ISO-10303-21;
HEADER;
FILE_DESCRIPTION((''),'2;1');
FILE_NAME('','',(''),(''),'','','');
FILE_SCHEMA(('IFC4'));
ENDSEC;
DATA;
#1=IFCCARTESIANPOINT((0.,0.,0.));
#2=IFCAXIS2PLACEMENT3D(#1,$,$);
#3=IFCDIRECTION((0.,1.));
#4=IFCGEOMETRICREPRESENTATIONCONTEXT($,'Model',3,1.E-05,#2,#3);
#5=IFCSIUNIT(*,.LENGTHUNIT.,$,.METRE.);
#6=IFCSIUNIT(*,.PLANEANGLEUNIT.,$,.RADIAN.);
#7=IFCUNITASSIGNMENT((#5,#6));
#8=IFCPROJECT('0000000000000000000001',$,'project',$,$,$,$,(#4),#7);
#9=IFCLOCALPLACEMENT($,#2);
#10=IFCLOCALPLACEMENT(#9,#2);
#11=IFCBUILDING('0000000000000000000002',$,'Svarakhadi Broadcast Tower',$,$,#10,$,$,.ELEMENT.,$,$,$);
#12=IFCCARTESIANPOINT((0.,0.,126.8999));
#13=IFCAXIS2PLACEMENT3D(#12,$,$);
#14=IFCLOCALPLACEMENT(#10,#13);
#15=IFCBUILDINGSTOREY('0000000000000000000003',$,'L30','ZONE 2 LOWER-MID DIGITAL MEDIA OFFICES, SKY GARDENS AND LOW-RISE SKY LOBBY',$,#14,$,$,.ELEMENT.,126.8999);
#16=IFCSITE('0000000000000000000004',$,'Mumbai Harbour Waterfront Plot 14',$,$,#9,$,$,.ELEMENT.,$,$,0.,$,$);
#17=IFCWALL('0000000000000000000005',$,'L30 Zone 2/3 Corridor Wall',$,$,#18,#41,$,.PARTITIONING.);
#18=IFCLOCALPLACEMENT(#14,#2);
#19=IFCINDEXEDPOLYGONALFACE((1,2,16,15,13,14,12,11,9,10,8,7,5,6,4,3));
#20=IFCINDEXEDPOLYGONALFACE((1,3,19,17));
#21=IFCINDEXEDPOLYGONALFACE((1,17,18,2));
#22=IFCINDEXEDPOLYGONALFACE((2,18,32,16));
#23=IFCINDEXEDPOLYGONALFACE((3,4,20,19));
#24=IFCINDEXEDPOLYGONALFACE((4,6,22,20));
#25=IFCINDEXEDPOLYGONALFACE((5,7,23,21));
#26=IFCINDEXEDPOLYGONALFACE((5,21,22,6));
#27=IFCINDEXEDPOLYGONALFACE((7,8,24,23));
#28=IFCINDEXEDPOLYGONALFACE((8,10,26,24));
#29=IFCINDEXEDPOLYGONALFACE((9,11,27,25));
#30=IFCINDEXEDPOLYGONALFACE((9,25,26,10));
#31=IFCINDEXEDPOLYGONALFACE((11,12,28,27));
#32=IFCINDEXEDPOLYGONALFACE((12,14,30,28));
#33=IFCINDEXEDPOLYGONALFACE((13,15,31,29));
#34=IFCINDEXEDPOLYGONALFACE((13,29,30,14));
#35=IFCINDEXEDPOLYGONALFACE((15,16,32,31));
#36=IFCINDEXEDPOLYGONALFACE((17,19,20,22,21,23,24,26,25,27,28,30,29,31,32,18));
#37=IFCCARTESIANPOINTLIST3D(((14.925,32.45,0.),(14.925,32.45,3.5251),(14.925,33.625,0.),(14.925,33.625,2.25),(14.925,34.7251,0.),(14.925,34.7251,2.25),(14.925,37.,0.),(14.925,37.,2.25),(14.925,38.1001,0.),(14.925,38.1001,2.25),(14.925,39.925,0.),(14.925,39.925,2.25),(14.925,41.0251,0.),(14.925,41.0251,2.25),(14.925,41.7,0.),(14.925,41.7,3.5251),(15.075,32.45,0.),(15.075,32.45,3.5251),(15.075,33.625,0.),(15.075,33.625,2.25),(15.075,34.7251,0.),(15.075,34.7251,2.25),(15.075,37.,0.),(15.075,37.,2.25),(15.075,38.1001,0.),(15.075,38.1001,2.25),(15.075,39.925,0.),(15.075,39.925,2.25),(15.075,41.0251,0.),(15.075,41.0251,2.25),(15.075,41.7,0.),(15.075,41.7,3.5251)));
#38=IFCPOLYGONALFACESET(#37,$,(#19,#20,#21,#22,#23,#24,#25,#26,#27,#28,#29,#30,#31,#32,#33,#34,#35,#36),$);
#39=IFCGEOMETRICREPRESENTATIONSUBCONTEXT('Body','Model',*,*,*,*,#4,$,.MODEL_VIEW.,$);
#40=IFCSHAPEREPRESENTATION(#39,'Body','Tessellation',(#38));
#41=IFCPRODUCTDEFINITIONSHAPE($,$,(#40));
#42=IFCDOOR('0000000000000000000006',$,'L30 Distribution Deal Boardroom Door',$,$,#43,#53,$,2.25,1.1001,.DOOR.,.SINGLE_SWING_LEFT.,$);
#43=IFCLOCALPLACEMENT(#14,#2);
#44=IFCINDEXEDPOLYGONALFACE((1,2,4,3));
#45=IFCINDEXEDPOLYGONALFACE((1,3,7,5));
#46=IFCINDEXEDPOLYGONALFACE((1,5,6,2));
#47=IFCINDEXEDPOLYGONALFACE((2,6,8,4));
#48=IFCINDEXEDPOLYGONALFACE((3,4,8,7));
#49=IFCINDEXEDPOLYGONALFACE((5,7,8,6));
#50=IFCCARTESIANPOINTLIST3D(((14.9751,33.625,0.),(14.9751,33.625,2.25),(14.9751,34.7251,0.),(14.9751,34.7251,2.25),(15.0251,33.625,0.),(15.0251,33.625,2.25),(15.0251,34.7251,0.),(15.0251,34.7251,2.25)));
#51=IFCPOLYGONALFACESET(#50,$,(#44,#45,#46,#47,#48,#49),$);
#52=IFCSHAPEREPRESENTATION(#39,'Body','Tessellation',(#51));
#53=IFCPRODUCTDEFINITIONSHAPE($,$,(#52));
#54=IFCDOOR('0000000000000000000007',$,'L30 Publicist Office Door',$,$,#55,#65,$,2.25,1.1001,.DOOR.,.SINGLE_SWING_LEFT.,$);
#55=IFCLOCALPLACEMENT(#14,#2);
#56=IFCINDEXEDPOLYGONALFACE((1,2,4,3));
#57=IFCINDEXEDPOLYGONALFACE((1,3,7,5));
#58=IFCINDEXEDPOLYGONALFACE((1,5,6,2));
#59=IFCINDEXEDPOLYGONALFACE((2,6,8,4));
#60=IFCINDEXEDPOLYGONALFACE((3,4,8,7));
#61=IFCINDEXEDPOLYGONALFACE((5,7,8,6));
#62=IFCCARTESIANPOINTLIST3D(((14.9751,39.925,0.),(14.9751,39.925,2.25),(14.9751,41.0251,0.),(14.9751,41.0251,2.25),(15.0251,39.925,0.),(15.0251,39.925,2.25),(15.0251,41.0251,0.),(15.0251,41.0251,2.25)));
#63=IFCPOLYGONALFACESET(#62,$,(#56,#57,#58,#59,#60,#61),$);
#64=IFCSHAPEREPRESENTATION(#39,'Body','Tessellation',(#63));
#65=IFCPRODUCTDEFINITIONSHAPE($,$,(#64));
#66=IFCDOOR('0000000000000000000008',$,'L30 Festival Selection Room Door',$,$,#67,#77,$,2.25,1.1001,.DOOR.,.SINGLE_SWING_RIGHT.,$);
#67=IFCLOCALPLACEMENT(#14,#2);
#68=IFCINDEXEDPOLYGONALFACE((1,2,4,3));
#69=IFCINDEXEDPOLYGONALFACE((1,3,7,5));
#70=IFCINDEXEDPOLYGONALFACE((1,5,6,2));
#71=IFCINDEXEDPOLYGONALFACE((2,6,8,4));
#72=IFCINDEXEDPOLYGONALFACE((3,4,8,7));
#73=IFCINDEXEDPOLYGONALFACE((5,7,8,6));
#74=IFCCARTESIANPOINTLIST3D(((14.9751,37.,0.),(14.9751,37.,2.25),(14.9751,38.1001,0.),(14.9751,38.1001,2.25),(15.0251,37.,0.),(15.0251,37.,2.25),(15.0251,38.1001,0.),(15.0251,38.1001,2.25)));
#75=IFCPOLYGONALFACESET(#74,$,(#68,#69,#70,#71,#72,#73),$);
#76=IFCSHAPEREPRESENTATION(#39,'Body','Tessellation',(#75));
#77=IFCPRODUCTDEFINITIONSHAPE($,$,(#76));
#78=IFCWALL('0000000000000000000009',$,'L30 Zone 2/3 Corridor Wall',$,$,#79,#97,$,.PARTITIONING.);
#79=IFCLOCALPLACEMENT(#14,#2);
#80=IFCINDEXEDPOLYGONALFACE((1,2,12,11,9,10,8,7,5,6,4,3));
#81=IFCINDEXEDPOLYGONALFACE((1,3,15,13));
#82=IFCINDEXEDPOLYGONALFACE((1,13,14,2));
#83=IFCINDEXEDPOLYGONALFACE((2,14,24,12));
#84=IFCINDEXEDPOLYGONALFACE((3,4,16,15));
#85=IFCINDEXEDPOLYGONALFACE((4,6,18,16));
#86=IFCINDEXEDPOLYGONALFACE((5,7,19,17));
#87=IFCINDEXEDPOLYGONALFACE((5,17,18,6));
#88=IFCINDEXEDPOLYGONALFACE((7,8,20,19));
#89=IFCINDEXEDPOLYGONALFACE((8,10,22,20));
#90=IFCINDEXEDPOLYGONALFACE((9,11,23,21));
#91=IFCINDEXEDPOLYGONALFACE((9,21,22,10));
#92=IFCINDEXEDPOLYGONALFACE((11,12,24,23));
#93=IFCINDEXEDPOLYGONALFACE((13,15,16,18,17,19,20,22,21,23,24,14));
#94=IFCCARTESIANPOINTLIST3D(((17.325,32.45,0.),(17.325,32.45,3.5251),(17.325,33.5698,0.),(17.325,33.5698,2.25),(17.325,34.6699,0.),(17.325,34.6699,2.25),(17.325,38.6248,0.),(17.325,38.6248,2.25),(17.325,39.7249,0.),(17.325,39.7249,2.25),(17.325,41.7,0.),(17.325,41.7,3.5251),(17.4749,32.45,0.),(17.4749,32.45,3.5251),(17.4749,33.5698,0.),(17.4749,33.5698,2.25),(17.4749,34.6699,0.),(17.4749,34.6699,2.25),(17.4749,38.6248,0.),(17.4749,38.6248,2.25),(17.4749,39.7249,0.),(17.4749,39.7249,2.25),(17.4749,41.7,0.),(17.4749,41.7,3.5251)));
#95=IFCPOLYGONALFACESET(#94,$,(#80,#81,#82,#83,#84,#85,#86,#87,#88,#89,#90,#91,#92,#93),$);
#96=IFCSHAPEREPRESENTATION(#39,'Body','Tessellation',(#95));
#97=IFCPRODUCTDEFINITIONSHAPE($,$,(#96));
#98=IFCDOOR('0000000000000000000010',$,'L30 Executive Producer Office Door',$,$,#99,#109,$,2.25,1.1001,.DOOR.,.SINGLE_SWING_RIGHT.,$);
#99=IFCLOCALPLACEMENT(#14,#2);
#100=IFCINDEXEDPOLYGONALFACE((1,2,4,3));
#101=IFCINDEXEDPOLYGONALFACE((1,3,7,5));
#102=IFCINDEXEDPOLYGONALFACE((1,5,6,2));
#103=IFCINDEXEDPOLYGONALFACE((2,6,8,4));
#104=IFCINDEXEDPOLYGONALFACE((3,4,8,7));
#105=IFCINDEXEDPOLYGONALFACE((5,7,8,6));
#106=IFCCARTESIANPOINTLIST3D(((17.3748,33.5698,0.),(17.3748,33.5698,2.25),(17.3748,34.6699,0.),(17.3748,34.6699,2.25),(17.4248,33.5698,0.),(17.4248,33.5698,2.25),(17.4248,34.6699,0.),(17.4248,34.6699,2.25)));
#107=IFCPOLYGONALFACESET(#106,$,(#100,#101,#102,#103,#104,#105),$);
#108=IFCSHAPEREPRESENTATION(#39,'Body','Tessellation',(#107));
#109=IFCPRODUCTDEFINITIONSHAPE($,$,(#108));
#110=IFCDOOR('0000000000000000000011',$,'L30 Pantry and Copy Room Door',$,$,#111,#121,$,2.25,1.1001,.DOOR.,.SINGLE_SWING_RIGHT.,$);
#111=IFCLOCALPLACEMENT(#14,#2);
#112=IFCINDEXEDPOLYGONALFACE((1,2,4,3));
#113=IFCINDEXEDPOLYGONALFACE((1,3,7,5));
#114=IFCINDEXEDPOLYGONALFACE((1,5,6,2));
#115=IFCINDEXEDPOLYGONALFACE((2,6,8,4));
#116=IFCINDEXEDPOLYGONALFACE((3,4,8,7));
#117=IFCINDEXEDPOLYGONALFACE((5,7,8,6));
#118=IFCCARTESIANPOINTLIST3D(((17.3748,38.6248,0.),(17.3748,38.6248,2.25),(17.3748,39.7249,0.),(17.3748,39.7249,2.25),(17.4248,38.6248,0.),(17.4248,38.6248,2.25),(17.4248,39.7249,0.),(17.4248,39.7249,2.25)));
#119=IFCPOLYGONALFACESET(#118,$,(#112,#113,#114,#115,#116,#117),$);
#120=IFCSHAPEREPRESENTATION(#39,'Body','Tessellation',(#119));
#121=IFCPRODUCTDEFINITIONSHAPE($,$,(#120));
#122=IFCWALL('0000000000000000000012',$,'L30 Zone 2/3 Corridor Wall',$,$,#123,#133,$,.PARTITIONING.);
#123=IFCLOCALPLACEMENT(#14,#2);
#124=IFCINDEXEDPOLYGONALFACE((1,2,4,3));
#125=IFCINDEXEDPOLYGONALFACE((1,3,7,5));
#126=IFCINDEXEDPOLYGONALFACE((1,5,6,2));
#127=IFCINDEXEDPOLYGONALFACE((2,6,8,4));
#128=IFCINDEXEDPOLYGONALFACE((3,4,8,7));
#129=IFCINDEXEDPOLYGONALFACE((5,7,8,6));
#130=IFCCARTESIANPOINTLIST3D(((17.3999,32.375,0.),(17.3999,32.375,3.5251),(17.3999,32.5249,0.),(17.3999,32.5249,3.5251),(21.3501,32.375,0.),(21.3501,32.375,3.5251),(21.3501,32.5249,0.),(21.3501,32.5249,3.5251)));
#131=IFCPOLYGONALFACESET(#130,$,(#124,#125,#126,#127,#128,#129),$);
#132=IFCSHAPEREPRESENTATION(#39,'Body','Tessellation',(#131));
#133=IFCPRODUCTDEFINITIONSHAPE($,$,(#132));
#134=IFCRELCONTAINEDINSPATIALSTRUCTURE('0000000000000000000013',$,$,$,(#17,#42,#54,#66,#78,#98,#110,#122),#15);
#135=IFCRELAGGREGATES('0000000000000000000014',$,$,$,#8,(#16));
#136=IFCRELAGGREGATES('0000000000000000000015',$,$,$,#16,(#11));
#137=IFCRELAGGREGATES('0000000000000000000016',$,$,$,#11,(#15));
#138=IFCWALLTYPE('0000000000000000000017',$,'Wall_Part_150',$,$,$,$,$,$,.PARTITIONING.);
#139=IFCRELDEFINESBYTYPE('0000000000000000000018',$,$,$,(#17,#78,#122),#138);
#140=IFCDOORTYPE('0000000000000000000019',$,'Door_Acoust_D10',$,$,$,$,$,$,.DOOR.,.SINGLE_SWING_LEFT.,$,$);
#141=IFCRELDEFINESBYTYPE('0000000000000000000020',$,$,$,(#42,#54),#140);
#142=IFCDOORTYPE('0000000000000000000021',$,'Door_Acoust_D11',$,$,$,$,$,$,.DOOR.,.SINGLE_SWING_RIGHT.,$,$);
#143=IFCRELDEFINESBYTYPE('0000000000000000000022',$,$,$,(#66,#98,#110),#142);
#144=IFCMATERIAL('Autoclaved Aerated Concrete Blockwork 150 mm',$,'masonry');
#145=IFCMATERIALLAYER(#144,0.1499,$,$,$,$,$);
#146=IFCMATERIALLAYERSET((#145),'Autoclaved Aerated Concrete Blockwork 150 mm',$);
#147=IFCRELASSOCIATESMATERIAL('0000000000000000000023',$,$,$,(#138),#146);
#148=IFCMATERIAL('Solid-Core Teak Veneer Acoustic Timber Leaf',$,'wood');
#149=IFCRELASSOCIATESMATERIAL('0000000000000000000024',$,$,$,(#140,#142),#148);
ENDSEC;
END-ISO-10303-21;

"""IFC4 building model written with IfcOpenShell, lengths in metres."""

from ifc_helpers import new_model, si_unit, direction, frame, frame_2d, origin, place, context, subcontext, project, spatial, rectangle, extrude, material, layer, layer_set, type_object, element, fill, save


model = new_model("IFC4")

# Units and contexts
model_context = context("Model", 3, precision=1e-05, world=origin(), true_north=direction((0.0, 1.0)))
body_context = subcontext(model_context, "Body", "Model", "MODEL_VIEW")
ifc_project = project(units=[si_unit("LENGTHUNIT", "METRE"), si_unit("PLANEANGLEUNIT", "RADIAN")], contexts=[model_context])

# Site, building, storey
site_placement = place(None, origin())
site = spatial("IfcSite", under=ifc_project, at=site_placement, Name="Mumbai Harbour Waterfront Plot 14", CompositionType="ELEMENT", RefElevation=0.0)
building_placement = place(site_placement, origin())
building = spatial("IfcBuilding", under=site, at=building_placement, Name="Svarakhadi Broadcast Tower", CompositionType="ELEMENT")
storey_placement = place(building_placement, frame((0.0, 0.0, 126.8999)))
storey = spatial("IfcBuildingStorey", under=building, at=storey_placement, Name="L30", Description="ZONE 2 LOWER-MID DIGITAL MEDIA OFFICES, SKY GARDENS AND LOW-RISE SKY LOBBY", CompositionType="ELEMENT", Elevation=126.8999)

# Walls, openings, doors
ifc_material_1 = material(Name="Autoclaved Aerated Concrete Blockwork 150 mm", Category="masonry")
ifc_layer_1 = layer(ifc_material_1, 0.1499)
ifc_layer_set_1 = layer_set([ifc_layer_1], Name="Autoclaved Aerated Concrete Blockwork 150 mm")
wall_type_1 = type_object("IfcWallType", Name="Wall_Part_150", PredefinedType="PARTITIONING", material=ifc_layer_set_1)
wall_1_placement = place(storey_placement, frame((15.0, 32.45, 0.0), z_axis=(0.0, 0.0, 1.0), x_axis=(0.0, 1.0, 0.0)))
wall_1 = element("IfcWall", 1, at=wall_1_placement, inside=storey, type_object=wall_type_1, Name="L30 Zone 2/3 Corridor Wall", PredefinedType="PARTITIONING", context=body_context, shape_type="SweptSolid", body=[
    extrude(rectangle(XDim=9.25, YDim=0.1499, at=frame_2d((4.625, 0.0))), origin(), (0.0, 0.0, 1.0), 3.5251),
])
opening_1_placement = place(wall_1_placement, frame((1.175, 0.0, 0.0)))
opening_1 = element("IfcOpeningElement", 2, at=opening_1_placement, cuts=wall_1, PredefinedType="OPENING", context=body_context, shape_type="SweptSolid", body=[
    extrude(rectangle(XDim=1.1001, YDim=2.25, at=frame_2d((0.55, 1.125))), frame((0.0, 0.085, 0.0), z_axis=(0.0, -1.0, 0.0), x_axis=(1.0, 0.0, 0.0)), (0.0, 0.0, 1.0), 0.1699),
])
opening_2_placement = place(wall_1_placement, frame((4.55, 0.0, 0.0)))
opening_2 = element("IfcOpeningElement", 3, at=opening_2_placement, cuts=wall_1, PredefinedType="OPENING", context=body_context, shape_type="SweptSolid", body=[
    extrude(rectangle(XDim=1.1001, YDim=2.25, at=frame_2d((0.55, 1.125))), frame((0.0, 0.085, 0.0), z_axis=(0.0, -1.0, 0.0), x_axis=(1.0, 0.0, 0.0)), (0.0, 0.0, 1.0), 0.1699),
])
opening_3_placement = place(wall_1_placement, frame((7.4751, 0.0, 0.0)))
opening_3 = element("IfcOpeningElement", 4, at=opening_3_placement, cuts=wall_1, PredefinedType="OPENING", context=body_context, shape_type="SweptSolid", body=[
    extrude(rectangle(XDim=1.1001, YDim=2.25, at=frame_2d((0.55, 1.125))), frame((0.0, 0.085, 0.0), z_axis=(0.0, -1.0, 0.0), x_axis=(1.0, 0.0, 0.0)), (0.0, 0.0, 1.0), 0.1699),
])
ifc_material_2 = material(Name="Solid-Core Teak Veneer Acoustic Timber Leaf", Category="wood")
door_type_1 = type_object("IfcDoorType", Name="Door_Acoust_D10", OperationType="SINGLE_SWING_LEFT", PredefinedType="DOOR", material=ifc_material_2)
door_1_placement = place(opening_1_placement, origin())
door_1 = element("IfcDoor", 5, at=door_1_placement, inside=storey, type_object=door_type_1, Name="L30 Distribution Deal Boardroom Door", OperationType="SINGLE_SWING_LEFT", OverallHeight=2.25, OverallWidth=1.1001, PredefinedType="DOOR", context=body_context, shape_type="SweptSolid", body=[
    extrude(rectangle(XDim=1.1001, YDim=2.25, at=frame_2d((0.55, 1.125))), frame((0.0, 0.0249, 0.0), z_axis=(0.0, -1.0, 0.0), x_axis=(1.0, 0.0, 0.0)), (0.0, 0.0, 1.0), 0.05),
])
fill(opening_1, door_1)
door_2_placement = place(opening_3_placement, origin())
door_2 = element("IfcDoor", 6, at=door_2_placement, inside=storey, type_object=door_type_1, Name="L30 Publicist Office Door", OperationType="SINGLE_SWING_LEFT", OverallHeight=2.25, OverallWidth=1.1001, PredefinedType="DOOR", context=body_context, shape_type="SweptSolid", body=[
    extrude(rectangle(XDim=1.1001, YDim=2.25, at=frame_2d((0.55, 1.125))), frame((0.0, 0.0249, 0.0), z_axis=(0.0, -1.0, 0.0), x_axis=(1.0, 0.0, 0.0)), (0.0, 0.0, 1.0), 0.05),
])
fill(opening_3, door_2)
door_type_2 = type_object("IfcDoorType", Name="Door_Acoust_D11", OperationType="SINGLE_SWING_RIGHT", PredefinedType="DOOR", material=ifc_material_2)
door_3_placement = place(opening_2_placement, origin())
door_3 = element("IfcDoor", 7, at=door_3_placement, inside=storey, type_object=door_type_2, Name="L30 Festival Selection Room Door", OperationType="SINGLE_SWING_RIGHT", OverallHeight=2.25, OverallWidth=1.1001, PredefinedType="DOOR", context=body_context, shape_type="SweptSolid", body=[
    extrude(rectangle(XDim=1.1001, YDim=2.25, at=frame_2d((0.55, 1.125))), frame((0.0, 0.0249, 0.0), z_axis=(0.0, -1.0, 0.0), x_axis=(1.0, 0.0, 0.0)), (0.0, 0.0, 1.0), 0.05),
])
fill(opening_2, door_3)
wall_2_placement = place(storey_placement, frame((17.3999, 41.7, 0.0), z_axis=(0.0, 0.0, 1.0), x_axis=(0.0, -1.0, 0.0)))
wall_2 = element("IfcWall", 8, at=wall_2_placement, inside=storey, type_object=wall_type_1, Name="L30 Zone 2/3 Corridor Wall", PredefinedType="PARTITIONING", context=body_context, shape_type="SweptSolid", body=[
    extrude(rectangle(XDim=9.25, YDim=0.1499, at=frame_2d((4.625, 0.0))), origin(), (0.0, 0.0, 1.0), 3.5251),
])
opening_4_placement = place(wall_2_placement, frame((7.03, 0.0, 0.0)))
opening_4 = element("IfcOpeningElement", 9, at=opening_4_placement, cuts=wall_2, PredefinedType="OPENING", context=body_context, shape_type="SweptSolid", body=[
    extrude(rectangle(XDim=1.1001, YDim=2.25, at=frame_2d((0.55, 1.125))), frame((0.0, 0.085, 0.0), z_axis=(0.0, -1.0, 0.0), x_axis=(1.0, 0.0, 0.0)), (0.0, 0.0, 1.0), 0.1699),
])
opening_5_placement = place(wall_2_placement, frame((1.9751, 0.0, 0.0)))
opening_5 = element("IfcOpeningElement", 10, at=opening_5_placement, cuts=wall_2, PredefinedType="OPENING", context=body_context, shape_type="SweptSolid", body=[
    extrude(rectangle(XDim=1.1001, YDim=2.25, at=frame_2d((0.55, 1.125))), frame((0.0, 0.085, 0.0), z_axis=(0.0, -1.0, 0.0), x_axis=(1.0, 0.0, 0.0)), (0.0, 0.0, 1.0), 0.1699),
])
door_4_placement = place(opening_4_placement, origin())
door_4 = element("IfcDoor", 11, at=door_4_placement, inside=storey, type_object=door_type_2, Name="L30 Executive Producer Office Door", OperationType="SINGLE_SWING_RIGHT", OverallHeight=2.25, OverallWidth=1.1001, PredefinedType="DOOR", context=body_context, shape_type="SweptSolid", body=[
    extrude(rectangle(XDim=1.1001, YDim=2.25, at=frame_2d((0.55, 1.125))), frame((0.0, 0.0249, 0.0), z_axis=(0.0, -1.0, 0.0), x_axis=(1.0, 0.0, 0.0)), (0.0, 0.0, 1.0), 0.05),
])
fill(opening_4, door_4)
door_5_placement = place(opening_5_placement, origin())
door_5 = element("IfcDoor", 12, at=door_5_placement, inside=storey, type_object=door_type_2, Name="L30 Pantry and Copy Room Door", OperationType="SINGLE_SWING_RIGHT", OverallHeight=2.25, OverallWidth=1.1001, PredefinedType="DOOR", context=body_context, shape_type="SweptSolid", body=[
    extrude(rectangle(XDim=1.1001, YDim=2.25, at=frame_2d((0.55, 1.125))), frame((0.0, 0.0249, 0.0), z_axis=(0.0, -1.0, 0.0), x_axis=(1.0, 0.0, 0.0)), (0.0, 0.0, 1.0), 0.05),
])
fill(opening_5, door_5)

# Wall
wall_3_placement = place(storey_placement, frame((17.3999, 32.45, 0.0), z_axis=(0.0, 0.0, 1.0), x_axis=(1.0, 0.0, 0.0)))
element("IfcWall", 13, at=wall_3_placement, inside=storey, type_object=wall_type_1, Name="L30 Zone 2/3 Corridor Wall", PredefinedType="PARTITIONING", context=body_context, shape_type="SweptSolid", body=[
    extrude(rectangle(XDim=3.9502, YDim=0.1499, at=frame_2d((1.9751, 0.0))), origin(), (0.0, 0.0, 1.0), 3.5251),
])

save(model, "model.ifc")
